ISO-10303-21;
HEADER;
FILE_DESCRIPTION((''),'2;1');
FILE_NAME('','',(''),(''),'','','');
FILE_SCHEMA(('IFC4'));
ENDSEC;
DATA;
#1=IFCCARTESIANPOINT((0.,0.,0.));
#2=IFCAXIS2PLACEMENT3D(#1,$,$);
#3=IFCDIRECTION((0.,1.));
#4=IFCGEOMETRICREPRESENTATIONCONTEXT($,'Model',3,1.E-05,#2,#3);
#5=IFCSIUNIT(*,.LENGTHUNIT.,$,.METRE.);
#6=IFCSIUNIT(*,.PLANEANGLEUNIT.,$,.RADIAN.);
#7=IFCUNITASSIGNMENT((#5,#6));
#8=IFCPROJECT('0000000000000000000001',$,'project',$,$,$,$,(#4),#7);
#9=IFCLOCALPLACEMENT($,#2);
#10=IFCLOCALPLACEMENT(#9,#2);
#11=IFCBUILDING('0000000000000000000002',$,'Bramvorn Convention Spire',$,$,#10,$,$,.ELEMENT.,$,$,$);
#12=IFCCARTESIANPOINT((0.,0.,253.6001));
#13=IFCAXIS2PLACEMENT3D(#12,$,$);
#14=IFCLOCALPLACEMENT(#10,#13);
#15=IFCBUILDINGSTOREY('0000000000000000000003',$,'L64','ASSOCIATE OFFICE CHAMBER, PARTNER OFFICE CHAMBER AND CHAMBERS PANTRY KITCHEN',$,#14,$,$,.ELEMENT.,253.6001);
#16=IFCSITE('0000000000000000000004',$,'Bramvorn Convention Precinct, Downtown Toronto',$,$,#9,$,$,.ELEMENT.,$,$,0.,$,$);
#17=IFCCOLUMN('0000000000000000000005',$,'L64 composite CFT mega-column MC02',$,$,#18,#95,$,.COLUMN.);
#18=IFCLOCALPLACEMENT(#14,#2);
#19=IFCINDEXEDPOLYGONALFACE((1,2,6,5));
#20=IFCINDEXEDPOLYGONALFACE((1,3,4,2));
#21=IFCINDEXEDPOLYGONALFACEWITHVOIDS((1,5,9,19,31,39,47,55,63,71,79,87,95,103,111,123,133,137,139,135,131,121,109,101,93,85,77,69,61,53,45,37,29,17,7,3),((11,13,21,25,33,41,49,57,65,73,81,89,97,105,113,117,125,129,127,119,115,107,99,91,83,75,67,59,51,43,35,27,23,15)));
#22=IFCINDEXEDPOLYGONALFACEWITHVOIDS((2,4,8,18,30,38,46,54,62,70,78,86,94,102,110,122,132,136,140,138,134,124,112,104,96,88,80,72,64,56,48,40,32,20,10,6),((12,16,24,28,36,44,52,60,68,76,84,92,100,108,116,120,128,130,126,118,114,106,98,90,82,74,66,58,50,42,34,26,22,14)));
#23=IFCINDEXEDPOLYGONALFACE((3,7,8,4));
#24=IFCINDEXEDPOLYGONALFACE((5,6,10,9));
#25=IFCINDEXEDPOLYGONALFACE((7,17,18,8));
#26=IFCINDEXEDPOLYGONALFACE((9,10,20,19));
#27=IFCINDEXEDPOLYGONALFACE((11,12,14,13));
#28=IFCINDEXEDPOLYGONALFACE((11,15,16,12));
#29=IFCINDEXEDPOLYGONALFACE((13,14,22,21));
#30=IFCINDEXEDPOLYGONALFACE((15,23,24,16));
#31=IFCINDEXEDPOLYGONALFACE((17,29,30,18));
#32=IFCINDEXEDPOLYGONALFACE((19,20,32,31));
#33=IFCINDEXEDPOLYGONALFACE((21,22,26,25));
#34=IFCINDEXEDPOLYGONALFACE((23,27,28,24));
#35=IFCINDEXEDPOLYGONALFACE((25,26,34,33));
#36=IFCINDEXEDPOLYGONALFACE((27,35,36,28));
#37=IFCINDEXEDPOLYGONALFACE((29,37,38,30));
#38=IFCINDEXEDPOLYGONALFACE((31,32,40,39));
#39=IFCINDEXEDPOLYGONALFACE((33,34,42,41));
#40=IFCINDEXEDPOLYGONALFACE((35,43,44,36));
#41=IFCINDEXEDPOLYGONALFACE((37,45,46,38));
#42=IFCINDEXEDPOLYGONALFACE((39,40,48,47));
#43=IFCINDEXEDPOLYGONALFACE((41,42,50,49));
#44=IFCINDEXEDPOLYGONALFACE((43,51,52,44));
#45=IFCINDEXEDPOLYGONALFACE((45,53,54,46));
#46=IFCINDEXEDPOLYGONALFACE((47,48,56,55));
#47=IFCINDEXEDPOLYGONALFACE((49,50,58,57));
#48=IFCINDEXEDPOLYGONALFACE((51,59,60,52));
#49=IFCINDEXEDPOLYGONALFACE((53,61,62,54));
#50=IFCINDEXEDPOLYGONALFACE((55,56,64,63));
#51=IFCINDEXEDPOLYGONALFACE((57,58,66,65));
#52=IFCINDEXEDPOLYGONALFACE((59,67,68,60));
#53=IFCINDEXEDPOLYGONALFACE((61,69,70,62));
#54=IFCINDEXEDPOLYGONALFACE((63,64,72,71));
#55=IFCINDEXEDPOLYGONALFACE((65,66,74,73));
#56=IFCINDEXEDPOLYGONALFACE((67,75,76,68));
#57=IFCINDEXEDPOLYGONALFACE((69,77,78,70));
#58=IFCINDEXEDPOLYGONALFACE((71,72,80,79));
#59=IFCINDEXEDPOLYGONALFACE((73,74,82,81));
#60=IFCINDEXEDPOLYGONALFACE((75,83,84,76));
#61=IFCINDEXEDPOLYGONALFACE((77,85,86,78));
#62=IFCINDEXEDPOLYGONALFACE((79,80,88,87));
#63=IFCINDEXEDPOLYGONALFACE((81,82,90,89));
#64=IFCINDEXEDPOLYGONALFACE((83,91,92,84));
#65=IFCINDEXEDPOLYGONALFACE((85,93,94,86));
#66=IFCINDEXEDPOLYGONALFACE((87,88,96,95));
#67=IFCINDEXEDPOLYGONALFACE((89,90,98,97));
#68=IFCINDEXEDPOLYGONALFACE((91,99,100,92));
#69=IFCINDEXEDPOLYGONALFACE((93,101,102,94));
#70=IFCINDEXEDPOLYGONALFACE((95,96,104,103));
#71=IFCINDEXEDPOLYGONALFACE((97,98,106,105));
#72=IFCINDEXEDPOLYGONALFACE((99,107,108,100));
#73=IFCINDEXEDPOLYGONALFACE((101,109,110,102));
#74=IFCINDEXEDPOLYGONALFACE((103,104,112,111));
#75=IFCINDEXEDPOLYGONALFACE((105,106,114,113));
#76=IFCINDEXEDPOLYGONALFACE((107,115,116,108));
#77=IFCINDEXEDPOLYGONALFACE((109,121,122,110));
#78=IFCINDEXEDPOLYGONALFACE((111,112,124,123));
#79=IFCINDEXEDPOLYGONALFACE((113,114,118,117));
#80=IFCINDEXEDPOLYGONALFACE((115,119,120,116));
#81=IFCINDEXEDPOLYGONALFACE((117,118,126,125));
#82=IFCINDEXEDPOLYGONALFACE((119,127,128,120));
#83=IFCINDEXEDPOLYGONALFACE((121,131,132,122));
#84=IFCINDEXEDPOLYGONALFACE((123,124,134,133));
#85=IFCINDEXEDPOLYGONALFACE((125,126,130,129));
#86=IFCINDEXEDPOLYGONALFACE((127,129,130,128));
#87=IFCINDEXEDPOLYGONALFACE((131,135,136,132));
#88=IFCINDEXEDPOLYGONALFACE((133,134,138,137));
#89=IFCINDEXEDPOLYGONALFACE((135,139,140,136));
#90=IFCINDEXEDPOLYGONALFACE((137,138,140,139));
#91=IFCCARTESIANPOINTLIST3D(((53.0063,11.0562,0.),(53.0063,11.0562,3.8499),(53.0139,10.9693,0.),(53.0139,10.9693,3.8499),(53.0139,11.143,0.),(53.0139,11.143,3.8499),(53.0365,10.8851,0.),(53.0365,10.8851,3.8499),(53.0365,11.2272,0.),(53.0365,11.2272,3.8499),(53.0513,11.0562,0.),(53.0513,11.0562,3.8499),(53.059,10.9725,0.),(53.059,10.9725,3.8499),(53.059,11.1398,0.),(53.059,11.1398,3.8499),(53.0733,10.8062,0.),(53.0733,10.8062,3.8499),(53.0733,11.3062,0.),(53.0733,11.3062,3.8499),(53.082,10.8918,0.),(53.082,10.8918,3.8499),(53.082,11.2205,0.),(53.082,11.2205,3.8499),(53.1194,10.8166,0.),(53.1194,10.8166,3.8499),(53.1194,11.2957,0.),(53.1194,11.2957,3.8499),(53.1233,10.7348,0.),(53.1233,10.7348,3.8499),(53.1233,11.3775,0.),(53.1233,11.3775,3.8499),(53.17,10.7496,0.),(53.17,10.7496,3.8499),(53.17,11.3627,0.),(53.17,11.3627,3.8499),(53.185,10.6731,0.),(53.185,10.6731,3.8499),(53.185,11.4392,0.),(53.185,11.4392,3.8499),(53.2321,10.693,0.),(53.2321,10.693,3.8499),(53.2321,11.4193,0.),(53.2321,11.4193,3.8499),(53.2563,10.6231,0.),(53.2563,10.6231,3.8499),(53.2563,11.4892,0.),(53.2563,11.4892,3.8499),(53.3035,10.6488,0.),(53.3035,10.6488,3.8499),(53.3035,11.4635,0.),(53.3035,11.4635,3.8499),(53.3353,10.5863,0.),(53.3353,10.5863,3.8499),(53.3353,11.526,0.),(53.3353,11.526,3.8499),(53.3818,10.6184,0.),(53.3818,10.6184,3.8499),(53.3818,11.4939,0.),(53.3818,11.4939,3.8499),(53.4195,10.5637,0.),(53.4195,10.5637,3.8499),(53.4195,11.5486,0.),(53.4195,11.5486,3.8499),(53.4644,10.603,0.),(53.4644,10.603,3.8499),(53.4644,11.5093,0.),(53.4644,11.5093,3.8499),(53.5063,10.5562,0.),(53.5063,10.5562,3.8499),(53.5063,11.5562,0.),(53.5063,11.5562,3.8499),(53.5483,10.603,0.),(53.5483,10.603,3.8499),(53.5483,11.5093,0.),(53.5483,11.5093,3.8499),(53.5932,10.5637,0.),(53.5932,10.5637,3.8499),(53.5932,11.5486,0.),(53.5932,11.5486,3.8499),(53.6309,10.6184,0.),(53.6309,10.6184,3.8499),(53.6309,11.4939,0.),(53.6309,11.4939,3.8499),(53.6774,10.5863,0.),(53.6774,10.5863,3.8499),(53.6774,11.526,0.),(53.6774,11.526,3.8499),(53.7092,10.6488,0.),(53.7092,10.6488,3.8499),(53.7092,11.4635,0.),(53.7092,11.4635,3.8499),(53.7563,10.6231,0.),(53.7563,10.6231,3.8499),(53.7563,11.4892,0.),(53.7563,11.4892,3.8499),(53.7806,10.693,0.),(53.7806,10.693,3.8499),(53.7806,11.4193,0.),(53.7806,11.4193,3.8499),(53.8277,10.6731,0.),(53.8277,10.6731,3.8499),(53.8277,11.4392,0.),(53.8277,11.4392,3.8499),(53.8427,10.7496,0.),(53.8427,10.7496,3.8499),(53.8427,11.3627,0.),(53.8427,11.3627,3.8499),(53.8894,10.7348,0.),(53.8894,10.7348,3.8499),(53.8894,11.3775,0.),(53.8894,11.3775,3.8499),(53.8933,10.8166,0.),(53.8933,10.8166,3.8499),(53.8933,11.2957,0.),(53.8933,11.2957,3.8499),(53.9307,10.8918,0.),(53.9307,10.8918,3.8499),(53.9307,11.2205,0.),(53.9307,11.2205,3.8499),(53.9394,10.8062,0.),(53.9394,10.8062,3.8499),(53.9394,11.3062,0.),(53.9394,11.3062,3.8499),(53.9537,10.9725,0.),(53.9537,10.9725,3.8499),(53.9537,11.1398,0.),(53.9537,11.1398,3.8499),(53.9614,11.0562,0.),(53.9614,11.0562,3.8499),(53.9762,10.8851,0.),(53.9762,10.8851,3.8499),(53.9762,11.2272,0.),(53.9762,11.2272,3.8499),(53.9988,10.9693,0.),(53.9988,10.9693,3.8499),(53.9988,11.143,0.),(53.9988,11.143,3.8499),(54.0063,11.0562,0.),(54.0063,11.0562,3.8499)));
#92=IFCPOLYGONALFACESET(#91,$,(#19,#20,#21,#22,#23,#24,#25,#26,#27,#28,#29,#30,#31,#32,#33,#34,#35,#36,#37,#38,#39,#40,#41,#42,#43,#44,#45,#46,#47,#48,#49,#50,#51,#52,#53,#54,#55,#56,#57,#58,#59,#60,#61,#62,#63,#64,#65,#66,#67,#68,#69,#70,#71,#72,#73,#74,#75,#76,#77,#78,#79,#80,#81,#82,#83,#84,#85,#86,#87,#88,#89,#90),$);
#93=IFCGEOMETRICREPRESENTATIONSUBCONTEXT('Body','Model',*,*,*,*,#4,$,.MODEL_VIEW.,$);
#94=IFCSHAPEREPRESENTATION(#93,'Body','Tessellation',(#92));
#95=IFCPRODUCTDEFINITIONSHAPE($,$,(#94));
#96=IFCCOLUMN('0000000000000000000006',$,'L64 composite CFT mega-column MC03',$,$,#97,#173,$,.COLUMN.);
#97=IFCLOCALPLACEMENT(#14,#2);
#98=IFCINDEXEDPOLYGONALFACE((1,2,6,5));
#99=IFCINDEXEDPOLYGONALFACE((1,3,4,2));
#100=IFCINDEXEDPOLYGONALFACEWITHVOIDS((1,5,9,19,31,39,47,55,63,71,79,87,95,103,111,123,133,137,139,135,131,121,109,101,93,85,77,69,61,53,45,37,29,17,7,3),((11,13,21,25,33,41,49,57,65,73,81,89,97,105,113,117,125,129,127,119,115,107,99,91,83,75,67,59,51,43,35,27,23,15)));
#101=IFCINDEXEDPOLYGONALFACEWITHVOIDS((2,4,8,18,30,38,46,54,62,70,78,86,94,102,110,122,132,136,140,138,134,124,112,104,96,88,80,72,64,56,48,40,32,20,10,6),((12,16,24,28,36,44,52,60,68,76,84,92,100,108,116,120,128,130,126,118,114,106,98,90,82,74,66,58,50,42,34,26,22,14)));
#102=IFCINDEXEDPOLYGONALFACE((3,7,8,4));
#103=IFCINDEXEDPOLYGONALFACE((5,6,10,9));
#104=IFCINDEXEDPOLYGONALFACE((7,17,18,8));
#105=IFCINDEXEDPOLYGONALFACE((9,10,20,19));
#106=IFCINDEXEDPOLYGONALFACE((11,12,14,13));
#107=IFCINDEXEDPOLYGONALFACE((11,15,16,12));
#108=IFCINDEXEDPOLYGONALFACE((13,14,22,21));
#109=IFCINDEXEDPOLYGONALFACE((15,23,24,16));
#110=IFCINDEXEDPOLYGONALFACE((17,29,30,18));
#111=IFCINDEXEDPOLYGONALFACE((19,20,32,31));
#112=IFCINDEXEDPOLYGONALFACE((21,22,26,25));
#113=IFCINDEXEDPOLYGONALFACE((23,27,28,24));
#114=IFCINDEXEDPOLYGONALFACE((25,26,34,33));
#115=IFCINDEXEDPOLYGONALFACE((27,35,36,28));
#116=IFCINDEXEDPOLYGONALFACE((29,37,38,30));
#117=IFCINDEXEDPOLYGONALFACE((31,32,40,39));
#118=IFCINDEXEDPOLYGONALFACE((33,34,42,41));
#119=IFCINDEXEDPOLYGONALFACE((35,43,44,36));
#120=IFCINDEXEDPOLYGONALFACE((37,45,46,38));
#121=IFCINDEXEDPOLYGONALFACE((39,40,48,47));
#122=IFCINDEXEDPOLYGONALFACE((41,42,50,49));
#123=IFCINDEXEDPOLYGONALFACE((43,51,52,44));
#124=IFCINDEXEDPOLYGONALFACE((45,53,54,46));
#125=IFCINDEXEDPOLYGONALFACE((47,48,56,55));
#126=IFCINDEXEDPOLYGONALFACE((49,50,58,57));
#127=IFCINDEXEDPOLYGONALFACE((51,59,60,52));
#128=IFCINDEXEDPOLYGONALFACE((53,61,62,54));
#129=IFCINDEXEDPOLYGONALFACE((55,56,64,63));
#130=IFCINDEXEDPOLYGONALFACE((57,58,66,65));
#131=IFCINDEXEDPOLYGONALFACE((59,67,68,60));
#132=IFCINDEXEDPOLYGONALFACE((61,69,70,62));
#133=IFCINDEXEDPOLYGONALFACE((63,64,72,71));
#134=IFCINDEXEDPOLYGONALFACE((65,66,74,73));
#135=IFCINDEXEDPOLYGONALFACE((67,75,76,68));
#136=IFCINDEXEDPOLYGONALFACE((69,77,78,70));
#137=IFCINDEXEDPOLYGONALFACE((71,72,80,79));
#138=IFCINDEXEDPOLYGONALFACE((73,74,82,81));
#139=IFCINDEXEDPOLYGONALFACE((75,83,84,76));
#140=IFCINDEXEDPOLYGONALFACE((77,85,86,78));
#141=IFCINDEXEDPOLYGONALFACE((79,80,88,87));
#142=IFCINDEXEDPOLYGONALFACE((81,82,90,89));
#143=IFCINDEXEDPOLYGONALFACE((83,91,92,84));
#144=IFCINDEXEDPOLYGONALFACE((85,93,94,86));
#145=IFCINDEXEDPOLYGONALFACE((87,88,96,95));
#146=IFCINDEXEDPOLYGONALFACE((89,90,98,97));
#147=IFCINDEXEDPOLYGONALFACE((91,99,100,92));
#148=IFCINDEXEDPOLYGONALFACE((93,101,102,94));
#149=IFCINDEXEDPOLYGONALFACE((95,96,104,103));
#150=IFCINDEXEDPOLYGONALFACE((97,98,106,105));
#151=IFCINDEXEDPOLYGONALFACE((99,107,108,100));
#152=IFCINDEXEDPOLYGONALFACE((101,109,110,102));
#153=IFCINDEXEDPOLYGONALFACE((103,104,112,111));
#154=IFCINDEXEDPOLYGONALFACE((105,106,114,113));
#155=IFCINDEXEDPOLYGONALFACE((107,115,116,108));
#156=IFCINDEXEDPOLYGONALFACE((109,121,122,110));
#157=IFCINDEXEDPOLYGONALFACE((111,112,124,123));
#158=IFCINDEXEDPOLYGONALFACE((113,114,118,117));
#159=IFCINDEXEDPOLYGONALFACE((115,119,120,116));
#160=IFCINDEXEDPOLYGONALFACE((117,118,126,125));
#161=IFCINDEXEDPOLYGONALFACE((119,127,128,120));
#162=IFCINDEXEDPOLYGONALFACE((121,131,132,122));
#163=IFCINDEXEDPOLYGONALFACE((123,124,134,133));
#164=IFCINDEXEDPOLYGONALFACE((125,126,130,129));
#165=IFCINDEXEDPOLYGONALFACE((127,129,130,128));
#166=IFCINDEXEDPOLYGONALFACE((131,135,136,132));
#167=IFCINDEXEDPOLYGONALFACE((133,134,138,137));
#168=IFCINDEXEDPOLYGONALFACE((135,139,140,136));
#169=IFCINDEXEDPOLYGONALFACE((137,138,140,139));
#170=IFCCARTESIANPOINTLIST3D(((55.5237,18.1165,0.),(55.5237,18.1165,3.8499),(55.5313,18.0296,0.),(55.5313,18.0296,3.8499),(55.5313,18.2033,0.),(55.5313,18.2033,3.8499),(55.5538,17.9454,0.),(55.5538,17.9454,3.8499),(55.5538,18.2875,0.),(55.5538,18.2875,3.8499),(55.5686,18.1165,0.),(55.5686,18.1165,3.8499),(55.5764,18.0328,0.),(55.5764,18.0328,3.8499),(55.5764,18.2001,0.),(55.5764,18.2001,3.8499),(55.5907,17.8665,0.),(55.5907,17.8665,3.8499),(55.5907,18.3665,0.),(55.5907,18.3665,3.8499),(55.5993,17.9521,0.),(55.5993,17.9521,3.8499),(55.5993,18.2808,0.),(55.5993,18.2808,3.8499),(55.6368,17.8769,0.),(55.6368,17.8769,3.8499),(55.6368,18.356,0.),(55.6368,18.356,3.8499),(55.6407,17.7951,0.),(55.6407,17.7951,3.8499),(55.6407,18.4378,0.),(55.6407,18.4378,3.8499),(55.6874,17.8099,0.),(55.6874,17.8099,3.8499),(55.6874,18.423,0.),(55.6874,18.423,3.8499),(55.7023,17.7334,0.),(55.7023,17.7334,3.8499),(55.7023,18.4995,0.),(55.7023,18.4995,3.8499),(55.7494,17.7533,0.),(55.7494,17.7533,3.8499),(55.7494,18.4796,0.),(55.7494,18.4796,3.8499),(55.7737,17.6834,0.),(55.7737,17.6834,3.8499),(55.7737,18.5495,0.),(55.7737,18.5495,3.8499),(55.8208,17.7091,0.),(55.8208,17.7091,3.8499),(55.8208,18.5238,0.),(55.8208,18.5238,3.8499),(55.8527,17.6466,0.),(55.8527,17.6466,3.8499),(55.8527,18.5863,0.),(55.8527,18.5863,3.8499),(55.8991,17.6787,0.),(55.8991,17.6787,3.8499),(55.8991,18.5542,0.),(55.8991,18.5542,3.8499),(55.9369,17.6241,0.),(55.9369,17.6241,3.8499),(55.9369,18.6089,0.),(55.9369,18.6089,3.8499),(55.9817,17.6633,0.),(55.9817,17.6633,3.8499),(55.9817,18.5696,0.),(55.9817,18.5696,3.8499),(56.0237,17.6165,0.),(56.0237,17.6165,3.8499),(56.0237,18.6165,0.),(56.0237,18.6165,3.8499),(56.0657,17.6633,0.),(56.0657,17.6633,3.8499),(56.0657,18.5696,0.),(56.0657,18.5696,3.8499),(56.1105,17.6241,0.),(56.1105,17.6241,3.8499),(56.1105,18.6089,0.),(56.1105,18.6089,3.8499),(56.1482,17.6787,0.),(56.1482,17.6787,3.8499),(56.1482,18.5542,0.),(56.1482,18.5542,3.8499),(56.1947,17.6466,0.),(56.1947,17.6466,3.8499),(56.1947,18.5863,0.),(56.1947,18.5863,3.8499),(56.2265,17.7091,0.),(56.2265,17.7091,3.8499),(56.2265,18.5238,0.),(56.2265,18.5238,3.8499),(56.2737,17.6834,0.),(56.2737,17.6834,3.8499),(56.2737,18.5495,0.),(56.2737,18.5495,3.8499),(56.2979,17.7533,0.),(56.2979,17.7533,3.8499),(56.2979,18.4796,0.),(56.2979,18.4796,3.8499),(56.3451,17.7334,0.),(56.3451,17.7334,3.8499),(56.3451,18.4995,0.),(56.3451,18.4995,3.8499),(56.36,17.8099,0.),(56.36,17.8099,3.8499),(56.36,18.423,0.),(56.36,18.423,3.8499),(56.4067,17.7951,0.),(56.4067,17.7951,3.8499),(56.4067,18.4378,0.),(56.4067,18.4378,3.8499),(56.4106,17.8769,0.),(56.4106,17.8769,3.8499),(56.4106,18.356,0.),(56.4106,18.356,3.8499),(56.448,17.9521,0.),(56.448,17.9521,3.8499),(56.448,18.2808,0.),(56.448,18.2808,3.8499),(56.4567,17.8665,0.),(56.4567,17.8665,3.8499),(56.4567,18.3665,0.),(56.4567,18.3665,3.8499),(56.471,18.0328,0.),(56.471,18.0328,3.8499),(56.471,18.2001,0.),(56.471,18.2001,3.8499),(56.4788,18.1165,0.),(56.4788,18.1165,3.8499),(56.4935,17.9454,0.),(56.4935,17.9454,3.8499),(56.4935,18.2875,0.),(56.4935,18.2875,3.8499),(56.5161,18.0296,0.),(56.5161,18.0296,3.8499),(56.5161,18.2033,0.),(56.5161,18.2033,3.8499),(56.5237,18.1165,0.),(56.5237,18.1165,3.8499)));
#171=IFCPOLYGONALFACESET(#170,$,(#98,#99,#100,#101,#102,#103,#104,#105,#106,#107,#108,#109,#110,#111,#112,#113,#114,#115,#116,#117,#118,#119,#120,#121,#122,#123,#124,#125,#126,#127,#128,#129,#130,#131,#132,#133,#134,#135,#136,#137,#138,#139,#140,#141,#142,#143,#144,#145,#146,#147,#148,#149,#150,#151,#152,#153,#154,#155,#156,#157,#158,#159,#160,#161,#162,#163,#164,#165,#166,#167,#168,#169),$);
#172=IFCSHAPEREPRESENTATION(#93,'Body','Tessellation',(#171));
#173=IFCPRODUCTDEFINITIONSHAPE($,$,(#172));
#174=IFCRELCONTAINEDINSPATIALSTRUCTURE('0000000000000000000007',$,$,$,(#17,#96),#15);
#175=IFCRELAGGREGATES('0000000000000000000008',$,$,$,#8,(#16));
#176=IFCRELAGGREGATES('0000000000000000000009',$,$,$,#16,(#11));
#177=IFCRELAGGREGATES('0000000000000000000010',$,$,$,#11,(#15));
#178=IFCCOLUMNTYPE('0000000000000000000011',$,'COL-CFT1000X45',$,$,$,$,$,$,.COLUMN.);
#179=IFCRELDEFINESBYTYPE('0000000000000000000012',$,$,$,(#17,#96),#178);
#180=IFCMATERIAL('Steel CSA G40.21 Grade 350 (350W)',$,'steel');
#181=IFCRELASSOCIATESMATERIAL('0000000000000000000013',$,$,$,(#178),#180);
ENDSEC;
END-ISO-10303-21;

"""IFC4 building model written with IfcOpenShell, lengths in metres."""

from ifc_helpers import new_model, si_unit, direction, frame, origin, origin_2d, place, context, subcontext, project, spatial, hollow_circle, extrude, material, material_profile, profile_set, type_object, element, save


model = new_model("IFC4")

# Units and contexts
model_context = context("Model", 3, precision=1e-05, world=origin(), true_north=direction((0.0, 1.0)))
body_context = subcontext(model_context, "Body", "Model", "MODEL_VIEW")
ifc_project = project(units=[si_unit("LENGTHUNIT", "METRE"), si_unit("PLANEANGLEUNIT", "RADIAN")], contexts=[model_context])

# Site, building, storey
site_placement = place(None, origin())
site = spatial("IfcSite", under=ifc_project, at=site_placement, Name="Bramvorn Convention Precinct, Downtown Toronto", CompositionType="ELEMENT", RefElevation=0.0)
building_placement = place(site_placement, origin())
building = spatial("IfcBuilding", under=site, at=building_placement, Name="Bramvorn Convention Spire", CompositionType="ELEMENT")
storey_placement = place(building_placement, frame((0.0, 0.0, 253.6001)))
storey = spatial("IfcBuildingStorey", under=building, at=storey_placement, Name="L64", Description="ASSOCIATE OFFICE CHAMBER, PARTNER OFFICE CHAMBER AND CHAMBERS PANTRY KITCHEN", CompositionType="ELEMENT", Elevation=253.6001)

# Columns
ifc_material_1 = material(Name="Steel CSA G40.21 Grade 350 (350W)", Category="steel")
ifc_material_profile_1 = material_profile(ifc_material_1, hollow_circle(Radius=0.5, WallThickness=0.0449, at=origin_2d()))
ifc_profile_set_1 = profile_set([ifc_material_profile_1], Name="Steel CSA G40.21 Grade 350 (350W) - CFT1000X45")
column_type = type_object("IfcColumnType", Name="COL-CFT1000X45", PredefinedType="COLUMN", material=ifc_profile_set_1)
for number, where, z_axis, x_axis, name in (
    (1, (53.5063, 11.0562, 0.0), (0.0, 0.0, 1.0), (1.0, 0.0, 0.0), "L64 composite CFT mega-column MC02"),
    (2, (56.0237, 18.1165, 0.0), (0.0, 0.0, 1.0), (1.0, 0.0, 0.0), "L64 composite CFT mega-column MC03"),
):
    element("IfcColumn", number, at=place(storey_placement, frame(where, z_axis=z_axis, x_axis=x_axis)), inside=storey, type_object=column_type, Name=name, PredefinedType="COLUMN", context=body_context, shape_type="SweptSolid", body=[
        extrude(hollow_circle(Radius=0.5, WallThickness=0.0449, at=origin_2d()), origin(), (0.0, 0.0, 1.0), 3.8499),
    ])

save(model, "model.ifc")
